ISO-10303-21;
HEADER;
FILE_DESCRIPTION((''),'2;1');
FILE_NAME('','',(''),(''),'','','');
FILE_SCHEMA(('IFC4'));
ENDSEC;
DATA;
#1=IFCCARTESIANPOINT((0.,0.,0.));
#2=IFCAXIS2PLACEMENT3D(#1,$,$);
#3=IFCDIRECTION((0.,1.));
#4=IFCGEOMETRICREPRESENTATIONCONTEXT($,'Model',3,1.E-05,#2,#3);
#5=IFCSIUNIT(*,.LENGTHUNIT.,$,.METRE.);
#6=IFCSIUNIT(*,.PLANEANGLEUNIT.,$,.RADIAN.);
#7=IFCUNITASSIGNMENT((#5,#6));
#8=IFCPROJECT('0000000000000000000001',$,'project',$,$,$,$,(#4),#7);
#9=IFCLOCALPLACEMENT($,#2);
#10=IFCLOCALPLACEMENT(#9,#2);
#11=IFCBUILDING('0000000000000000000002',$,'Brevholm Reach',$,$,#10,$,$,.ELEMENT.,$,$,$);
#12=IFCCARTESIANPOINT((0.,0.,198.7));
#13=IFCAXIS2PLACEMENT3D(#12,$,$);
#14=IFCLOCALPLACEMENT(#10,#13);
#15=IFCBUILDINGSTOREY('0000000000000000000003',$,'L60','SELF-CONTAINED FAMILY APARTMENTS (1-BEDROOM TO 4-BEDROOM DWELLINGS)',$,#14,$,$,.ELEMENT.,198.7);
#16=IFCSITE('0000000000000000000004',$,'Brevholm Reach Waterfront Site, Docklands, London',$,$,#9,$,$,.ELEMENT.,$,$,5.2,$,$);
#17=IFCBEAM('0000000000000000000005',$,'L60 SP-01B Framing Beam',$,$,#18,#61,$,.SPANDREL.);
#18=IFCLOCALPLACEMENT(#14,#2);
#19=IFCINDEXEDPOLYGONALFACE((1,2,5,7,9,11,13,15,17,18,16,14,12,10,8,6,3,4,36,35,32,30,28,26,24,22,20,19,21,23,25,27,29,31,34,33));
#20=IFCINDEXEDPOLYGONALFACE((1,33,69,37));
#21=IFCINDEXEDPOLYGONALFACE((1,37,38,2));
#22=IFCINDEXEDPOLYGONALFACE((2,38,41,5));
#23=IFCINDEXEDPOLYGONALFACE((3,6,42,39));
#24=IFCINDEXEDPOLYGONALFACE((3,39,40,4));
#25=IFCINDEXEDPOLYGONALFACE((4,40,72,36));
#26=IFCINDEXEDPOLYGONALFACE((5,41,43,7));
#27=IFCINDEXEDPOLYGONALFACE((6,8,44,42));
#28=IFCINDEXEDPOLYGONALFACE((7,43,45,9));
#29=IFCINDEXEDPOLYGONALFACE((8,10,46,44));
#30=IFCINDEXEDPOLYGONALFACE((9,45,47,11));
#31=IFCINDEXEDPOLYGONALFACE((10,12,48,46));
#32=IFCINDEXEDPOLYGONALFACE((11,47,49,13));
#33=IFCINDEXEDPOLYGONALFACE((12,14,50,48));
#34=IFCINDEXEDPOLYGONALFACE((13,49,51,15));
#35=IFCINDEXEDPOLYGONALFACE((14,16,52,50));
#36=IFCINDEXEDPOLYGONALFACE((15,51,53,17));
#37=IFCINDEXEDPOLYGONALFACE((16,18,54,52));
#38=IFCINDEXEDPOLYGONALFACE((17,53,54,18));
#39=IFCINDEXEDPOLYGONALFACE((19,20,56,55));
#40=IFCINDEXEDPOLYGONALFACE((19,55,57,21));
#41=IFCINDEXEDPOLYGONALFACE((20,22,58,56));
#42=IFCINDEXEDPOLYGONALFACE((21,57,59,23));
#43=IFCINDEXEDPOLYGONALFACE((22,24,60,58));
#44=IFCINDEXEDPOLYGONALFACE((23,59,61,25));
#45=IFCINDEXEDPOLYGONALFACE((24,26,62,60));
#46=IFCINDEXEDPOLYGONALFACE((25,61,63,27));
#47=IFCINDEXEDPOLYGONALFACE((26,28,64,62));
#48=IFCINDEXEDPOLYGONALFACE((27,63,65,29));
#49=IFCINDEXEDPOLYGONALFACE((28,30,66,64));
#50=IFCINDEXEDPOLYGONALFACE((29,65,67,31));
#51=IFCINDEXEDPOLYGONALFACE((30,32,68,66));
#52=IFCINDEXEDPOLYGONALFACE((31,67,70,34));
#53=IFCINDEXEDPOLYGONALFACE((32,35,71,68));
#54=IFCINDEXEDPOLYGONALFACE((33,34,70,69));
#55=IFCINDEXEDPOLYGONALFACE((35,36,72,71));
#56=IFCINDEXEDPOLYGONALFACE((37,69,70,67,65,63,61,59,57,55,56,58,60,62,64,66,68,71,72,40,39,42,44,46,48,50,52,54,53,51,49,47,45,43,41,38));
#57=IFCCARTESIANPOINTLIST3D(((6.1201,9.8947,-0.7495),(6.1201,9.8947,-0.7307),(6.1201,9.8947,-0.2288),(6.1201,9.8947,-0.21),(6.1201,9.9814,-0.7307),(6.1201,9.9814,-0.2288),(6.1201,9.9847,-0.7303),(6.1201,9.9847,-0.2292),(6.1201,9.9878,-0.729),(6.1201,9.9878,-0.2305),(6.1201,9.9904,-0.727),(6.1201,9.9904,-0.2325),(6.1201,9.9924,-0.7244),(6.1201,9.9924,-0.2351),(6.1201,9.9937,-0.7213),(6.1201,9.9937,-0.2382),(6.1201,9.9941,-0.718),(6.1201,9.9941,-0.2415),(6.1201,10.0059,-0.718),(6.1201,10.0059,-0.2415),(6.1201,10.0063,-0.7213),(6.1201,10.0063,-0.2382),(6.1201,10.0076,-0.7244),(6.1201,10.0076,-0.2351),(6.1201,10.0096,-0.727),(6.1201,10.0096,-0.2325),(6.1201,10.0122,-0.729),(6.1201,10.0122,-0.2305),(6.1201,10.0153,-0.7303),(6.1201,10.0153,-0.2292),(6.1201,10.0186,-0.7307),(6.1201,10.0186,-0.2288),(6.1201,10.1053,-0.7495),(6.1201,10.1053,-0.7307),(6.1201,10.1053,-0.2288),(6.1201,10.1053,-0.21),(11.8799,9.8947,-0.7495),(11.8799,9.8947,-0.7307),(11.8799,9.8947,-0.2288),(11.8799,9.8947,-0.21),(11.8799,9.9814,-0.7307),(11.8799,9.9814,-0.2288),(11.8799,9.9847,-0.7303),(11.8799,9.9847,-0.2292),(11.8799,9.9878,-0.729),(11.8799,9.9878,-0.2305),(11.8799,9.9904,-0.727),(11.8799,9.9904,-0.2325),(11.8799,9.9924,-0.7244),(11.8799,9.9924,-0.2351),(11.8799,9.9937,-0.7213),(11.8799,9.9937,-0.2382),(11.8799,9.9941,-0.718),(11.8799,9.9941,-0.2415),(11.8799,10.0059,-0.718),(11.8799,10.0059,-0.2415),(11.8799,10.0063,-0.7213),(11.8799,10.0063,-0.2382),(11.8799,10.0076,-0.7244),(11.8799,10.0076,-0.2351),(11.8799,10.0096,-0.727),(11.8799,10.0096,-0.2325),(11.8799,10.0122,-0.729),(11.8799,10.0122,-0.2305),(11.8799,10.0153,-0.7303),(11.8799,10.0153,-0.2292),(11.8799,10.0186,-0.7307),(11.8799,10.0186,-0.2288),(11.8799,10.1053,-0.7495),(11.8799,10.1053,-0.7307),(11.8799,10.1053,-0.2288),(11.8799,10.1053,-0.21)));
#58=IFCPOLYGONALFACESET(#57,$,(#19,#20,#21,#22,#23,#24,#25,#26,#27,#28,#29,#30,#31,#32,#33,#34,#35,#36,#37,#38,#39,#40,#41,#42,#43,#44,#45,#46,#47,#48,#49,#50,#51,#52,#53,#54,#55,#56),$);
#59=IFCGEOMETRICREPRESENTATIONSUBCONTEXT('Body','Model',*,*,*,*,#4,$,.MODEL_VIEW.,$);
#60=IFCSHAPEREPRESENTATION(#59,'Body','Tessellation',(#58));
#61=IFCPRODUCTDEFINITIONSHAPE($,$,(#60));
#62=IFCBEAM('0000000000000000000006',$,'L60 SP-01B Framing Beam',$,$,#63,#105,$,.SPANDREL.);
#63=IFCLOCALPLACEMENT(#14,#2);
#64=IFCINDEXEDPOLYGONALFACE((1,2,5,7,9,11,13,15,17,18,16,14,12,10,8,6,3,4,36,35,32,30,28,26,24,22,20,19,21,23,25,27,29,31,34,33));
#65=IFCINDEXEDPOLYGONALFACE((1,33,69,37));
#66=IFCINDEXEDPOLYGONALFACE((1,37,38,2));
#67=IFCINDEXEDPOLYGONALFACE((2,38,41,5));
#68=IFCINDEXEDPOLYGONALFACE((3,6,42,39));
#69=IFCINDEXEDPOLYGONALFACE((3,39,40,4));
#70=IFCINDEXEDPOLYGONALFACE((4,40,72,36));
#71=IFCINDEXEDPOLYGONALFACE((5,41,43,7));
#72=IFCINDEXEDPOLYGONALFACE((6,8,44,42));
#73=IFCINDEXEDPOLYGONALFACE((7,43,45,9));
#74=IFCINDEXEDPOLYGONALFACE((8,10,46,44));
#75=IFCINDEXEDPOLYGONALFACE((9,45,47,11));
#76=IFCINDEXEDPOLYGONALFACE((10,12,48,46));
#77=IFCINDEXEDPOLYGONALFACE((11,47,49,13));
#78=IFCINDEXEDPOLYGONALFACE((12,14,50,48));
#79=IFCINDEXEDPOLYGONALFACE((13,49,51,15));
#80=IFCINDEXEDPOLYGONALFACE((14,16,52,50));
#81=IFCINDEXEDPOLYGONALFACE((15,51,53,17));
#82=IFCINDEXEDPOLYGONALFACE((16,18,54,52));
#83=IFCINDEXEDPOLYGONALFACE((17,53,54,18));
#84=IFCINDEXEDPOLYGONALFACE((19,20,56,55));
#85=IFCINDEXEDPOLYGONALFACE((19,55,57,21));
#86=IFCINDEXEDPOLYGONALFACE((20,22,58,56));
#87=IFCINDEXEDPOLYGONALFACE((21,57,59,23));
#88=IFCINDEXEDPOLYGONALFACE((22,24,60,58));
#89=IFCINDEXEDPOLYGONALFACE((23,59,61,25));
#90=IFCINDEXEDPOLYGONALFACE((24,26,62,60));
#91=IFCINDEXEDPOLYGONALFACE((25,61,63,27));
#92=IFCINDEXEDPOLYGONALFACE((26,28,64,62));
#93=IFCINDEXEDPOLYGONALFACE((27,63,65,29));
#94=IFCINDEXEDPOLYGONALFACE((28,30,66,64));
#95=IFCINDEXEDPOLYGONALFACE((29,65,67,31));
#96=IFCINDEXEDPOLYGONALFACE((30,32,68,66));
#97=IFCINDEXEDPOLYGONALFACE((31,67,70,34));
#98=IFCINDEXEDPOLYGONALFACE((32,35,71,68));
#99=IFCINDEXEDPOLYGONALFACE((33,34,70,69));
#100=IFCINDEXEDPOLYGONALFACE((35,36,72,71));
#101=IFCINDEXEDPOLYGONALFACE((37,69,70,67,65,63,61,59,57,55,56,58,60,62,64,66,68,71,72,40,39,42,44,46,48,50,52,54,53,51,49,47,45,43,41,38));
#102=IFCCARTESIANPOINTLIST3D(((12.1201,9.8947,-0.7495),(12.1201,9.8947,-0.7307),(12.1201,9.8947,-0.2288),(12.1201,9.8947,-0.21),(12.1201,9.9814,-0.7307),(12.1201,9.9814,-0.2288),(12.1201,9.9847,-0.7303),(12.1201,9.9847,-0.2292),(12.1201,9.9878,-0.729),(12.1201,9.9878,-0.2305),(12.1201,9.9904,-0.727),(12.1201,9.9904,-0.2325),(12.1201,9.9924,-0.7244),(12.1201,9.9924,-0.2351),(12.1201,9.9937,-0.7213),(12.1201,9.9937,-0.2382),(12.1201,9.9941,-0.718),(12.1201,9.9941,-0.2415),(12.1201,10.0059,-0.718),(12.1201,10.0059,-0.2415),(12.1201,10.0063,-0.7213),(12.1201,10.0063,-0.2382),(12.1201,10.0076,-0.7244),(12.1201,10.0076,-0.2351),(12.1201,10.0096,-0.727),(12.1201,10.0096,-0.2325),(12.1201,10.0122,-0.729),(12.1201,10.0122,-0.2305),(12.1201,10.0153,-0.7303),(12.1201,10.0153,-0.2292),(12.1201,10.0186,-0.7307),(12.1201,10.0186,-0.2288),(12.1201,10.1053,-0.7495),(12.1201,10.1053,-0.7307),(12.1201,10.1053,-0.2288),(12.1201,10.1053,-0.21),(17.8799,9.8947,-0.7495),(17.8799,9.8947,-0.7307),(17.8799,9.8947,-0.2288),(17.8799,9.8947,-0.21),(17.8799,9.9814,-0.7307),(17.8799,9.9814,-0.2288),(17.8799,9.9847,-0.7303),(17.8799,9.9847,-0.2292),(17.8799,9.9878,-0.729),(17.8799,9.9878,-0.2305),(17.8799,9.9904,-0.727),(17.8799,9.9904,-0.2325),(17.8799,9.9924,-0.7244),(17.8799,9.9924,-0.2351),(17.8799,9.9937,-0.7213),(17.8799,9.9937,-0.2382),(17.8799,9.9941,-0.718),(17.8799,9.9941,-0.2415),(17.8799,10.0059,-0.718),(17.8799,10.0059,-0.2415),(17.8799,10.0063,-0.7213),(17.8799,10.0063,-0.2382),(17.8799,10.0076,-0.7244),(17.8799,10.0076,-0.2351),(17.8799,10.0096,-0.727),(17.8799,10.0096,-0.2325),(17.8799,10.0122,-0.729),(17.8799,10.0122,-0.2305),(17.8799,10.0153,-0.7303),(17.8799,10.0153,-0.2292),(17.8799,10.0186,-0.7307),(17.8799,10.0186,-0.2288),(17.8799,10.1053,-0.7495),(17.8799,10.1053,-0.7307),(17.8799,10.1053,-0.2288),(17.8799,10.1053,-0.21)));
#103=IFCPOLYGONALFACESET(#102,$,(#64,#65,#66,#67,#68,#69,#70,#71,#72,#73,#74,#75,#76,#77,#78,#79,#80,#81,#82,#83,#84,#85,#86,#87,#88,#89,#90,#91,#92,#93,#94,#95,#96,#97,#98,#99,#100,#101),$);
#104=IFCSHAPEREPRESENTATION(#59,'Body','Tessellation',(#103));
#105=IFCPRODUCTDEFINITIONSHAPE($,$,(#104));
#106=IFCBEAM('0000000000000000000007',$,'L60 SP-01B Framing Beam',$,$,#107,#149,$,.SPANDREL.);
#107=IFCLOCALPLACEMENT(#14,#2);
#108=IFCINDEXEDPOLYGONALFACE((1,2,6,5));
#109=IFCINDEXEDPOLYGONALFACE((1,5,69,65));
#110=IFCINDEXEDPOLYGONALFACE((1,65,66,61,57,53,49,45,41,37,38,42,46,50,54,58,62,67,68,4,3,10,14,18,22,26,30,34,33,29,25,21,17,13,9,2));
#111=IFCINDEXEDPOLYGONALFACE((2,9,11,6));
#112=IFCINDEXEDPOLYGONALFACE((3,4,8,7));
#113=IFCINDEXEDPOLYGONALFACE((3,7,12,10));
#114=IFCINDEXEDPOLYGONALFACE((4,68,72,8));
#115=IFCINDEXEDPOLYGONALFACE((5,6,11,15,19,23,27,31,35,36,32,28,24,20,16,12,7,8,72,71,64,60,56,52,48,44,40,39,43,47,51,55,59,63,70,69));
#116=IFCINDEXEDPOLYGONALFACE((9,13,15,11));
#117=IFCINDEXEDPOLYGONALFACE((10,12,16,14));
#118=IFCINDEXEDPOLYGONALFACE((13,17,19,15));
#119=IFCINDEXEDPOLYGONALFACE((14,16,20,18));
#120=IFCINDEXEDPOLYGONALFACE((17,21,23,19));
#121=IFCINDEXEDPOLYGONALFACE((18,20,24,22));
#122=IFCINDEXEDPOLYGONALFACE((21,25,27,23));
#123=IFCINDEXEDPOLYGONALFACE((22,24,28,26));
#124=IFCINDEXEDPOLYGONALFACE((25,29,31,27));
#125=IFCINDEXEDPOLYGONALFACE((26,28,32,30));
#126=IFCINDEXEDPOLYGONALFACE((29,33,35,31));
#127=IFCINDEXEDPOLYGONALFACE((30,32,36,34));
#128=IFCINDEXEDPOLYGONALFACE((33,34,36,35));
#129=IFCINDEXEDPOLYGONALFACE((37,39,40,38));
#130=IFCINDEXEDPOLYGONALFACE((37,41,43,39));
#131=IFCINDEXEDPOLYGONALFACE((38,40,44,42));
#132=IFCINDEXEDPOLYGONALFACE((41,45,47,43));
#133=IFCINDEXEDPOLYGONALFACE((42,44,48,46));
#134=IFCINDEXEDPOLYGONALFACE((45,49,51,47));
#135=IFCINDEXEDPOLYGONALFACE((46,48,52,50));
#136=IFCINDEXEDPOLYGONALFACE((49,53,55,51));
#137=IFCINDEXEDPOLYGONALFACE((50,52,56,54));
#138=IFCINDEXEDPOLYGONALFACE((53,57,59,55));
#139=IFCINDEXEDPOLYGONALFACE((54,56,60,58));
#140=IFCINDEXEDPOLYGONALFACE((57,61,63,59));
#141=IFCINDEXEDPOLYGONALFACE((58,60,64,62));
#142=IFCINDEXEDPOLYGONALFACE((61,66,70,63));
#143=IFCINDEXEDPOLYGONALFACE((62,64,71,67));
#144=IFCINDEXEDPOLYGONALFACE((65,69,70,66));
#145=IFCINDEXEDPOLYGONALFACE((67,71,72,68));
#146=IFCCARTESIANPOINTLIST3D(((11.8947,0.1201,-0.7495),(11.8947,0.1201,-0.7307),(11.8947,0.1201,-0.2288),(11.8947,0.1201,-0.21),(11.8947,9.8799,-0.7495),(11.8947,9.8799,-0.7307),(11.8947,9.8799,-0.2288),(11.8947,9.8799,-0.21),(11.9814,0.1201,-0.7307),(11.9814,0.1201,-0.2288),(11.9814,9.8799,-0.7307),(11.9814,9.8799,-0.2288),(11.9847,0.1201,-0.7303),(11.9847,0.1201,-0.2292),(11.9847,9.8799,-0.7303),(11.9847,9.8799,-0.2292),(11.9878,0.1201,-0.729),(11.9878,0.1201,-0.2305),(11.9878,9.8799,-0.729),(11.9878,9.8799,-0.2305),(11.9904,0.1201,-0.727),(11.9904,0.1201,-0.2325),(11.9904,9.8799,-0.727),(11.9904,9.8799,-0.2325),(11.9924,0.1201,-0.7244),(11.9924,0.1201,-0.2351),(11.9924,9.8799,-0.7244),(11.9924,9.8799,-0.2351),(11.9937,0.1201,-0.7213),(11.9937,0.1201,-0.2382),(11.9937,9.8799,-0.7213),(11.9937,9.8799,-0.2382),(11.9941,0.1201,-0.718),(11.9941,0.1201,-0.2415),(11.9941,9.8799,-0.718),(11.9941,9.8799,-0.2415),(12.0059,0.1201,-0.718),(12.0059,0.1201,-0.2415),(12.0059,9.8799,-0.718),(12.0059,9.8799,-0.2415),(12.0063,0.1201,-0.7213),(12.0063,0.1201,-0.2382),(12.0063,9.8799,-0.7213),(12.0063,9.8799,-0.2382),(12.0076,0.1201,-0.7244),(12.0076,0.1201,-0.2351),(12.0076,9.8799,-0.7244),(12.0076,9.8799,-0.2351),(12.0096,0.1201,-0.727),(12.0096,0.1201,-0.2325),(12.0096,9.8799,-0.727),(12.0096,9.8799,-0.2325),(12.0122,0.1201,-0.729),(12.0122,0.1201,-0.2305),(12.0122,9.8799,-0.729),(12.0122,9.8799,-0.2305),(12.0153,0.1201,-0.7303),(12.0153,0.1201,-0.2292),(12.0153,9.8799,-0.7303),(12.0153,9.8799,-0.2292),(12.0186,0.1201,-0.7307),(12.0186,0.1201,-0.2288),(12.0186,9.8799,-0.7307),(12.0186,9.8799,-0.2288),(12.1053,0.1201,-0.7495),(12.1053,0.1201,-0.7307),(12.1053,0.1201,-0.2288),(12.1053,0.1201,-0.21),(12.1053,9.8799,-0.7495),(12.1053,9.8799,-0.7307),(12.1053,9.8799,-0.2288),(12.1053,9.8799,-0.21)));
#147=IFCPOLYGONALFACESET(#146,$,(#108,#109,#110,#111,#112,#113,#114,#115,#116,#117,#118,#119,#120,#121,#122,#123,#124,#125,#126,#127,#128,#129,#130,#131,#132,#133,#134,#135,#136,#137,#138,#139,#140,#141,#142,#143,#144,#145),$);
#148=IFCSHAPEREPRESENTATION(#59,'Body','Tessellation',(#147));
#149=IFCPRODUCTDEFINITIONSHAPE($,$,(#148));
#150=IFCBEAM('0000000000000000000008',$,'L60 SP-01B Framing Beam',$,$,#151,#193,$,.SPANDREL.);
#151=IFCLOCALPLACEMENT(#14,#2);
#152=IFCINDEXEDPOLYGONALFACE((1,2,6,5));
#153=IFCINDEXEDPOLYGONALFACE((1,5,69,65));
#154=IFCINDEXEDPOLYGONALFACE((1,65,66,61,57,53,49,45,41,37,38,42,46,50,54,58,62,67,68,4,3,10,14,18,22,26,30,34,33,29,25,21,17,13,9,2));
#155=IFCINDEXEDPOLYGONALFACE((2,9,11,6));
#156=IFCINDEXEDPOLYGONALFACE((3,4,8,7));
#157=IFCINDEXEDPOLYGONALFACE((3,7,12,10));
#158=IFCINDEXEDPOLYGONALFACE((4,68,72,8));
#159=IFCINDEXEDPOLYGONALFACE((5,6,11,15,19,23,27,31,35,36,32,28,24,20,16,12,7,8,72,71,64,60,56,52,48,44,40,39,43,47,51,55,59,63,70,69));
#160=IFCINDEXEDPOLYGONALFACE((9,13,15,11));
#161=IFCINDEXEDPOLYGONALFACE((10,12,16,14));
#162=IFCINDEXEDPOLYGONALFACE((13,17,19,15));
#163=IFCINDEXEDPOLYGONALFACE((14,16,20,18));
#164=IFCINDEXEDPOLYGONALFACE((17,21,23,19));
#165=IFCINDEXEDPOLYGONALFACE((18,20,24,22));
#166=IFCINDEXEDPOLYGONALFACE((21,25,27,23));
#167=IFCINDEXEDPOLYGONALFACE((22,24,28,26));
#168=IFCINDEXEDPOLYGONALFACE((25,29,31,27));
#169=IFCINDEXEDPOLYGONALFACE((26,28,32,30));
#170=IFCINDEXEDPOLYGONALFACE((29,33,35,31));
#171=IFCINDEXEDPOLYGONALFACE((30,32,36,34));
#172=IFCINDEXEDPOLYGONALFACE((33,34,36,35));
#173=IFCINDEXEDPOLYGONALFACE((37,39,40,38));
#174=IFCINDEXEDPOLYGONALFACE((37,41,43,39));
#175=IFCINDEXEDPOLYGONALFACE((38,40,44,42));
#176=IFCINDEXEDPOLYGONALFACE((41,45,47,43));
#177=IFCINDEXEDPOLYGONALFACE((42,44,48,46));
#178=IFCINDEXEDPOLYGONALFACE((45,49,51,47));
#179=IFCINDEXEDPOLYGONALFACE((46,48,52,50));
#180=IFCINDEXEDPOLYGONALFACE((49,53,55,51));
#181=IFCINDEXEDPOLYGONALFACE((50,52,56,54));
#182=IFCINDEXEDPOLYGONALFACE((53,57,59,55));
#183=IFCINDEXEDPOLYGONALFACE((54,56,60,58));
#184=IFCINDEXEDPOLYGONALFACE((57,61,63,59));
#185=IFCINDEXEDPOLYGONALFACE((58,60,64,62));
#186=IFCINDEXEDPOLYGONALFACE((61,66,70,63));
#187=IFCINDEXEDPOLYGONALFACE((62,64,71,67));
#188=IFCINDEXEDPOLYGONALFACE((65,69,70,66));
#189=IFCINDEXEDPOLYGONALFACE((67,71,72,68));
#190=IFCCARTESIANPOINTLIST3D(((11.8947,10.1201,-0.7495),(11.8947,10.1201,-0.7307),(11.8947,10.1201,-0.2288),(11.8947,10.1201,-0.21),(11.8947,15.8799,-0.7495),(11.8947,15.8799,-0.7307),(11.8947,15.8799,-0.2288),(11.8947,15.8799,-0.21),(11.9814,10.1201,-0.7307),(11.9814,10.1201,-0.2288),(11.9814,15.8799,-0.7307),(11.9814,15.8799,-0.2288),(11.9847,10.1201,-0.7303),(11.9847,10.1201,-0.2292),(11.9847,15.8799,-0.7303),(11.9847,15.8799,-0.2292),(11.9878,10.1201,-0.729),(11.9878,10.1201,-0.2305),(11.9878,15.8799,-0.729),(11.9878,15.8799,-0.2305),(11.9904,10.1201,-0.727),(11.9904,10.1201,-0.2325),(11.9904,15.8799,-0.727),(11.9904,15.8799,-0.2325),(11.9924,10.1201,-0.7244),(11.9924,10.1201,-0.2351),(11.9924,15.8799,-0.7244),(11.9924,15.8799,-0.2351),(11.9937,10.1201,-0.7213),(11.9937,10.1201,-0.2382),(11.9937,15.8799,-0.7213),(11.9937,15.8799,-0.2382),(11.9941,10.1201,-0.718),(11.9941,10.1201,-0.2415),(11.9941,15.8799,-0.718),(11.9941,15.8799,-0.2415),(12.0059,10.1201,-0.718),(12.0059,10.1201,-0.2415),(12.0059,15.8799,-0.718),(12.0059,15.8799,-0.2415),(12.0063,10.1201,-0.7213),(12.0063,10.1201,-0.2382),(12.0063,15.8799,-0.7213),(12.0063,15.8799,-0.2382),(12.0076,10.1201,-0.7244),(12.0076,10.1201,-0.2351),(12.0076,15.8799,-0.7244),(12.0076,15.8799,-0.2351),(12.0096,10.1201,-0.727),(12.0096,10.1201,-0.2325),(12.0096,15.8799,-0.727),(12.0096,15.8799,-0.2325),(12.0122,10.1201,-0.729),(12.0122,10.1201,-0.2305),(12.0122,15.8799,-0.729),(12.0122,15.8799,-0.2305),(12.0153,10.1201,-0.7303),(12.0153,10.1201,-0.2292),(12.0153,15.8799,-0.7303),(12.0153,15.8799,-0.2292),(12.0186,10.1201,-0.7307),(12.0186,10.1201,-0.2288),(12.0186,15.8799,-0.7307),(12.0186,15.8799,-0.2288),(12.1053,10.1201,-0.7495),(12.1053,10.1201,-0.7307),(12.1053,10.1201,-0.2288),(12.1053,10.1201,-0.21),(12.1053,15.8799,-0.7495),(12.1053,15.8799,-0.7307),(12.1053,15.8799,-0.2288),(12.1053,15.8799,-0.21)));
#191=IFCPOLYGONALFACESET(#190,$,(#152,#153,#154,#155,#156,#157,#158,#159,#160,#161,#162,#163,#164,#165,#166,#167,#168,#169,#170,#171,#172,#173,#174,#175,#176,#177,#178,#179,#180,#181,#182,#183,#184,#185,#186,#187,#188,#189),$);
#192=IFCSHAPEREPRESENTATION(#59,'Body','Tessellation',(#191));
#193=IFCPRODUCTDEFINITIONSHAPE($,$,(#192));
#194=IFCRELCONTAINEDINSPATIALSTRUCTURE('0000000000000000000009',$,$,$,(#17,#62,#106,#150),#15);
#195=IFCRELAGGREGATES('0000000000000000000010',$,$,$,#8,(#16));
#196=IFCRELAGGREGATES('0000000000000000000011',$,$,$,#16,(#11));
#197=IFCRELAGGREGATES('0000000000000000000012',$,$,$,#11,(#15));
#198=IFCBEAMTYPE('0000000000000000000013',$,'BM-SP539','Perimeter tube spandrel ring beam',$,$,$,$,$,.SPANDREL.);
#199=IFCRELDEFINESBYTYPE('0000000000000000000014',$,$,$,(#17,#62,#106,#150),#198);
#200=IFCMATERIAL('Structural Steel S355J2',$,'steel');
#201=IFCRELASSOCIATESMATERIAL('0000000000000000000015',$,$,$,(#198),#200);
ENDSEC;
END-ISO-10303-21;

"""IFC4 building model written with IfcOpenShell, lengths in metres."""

from ifc_helpers import new_model, si_unit, direction, frame, origin, origin_2d, place, context, subcontext, project, spatial, i_section, extrude, material, material_profile, profile_set, type_object, element, save


model = new_model("IFC4")

# Units and contexts
model_context = context("Model", 3, precision=1e-05, world=origin(), true_north=direction((0.0, 1.0)))
body_context = subcontext(model_context, "Body", "Model", "MODEL_VIEW")
ifc_project = project(units=[si_unit("LENGTHUNIT", "METRE"), si_unit("PLANEANGLEUNIT", "RADIAN")], contexts=[model_context])

# Site, building, storey
site_placement = place(None, origin())
site = spatial("IfcSite", under=ifc_project, at=site_placement, Name="Brevholm Reach Waterfront Site, Docklands, London", CompositionType="ELEMENT", RefElevation=5.2)
building_placement = place(site_placement, origin())
building = spatial("IfcBuilding", under=site, at=building_placement, Name="Brevholm Reach", CompositionType="ELEMENT")
storey_placement = place(building_placement, frame((0.0, 0.0, 198.7)))
storey = spatial("IfcBuildingStorey", under=building, at=storey_placement, Name="L60", Description="SELF-CONTAINED FAMILY APARTMENTS (1-BEDROOM TO 4-BEDROOM DWELLINGS)", CompositionType="ELEMENT", Elevation=198.7)

# Beams
ifc_material_1 = material(Name="Structural Steel S355J2", Category="steel")
ifc_material_profile_1 = material_profile(ifc_material_1, i_section(OverallWidth=0.2107, OverallDepth=0.5396, WebThickness=0.0117, FlangeThickness=0.0188, FilletRadius=0.0127, at=origin_2d()), Name="UKB 533x210x109")
ifc_profile_set_1 = profile_set([ifc_material_profile_1], Name="Structural Steel S355J2")
beam_type_1 = type_object("IfcBeamType", Name="BM-SP539", Description="Perimeter tube spandrel ring beam", PredefinedType="SPANDREL", material=ifc_profile_set_1)
for number, where, z_axis, x_axis, name in (
    (1, (6.1201, 10.0, -0.4797), (1.0, 0.0, 0.0), (0.0, 1.0, 0.0), "L60 SP-01B Framing Beam"),
    (2, (12.1201, 10.0, -0.4797), (1.0, 0.0, 0.0), (0.0, 1.0, 0.0), "L60 SP-01B Framing Beam"),
):
    element("IfcBeam", number, at=place(storey_placement, frame(where, z_axis=z_axis, x_axis=x_axis)), inside=storey, type_object=beam_type_1, Name=name, PredefinedType="SPANDREL", context=body_context, shape_type="SweptSolid", body=[
        extrude(i_section(OverallWidth=0.2107, OverallDepth=0.5396, WebThickness=0.0117, FlangeThickness=0.0188, FilletRadius=0.0127, at=origin_2d()), origin(), (0.0, 0.0, 1.0), 5.7598),
    ])
beam_1_placement = place(storey_placement, frame((12.0, 0.1201, -0.4797), z_axis=(0.0, 1.0, 0.0), x_axis=(-1.0, 0.0, 0.0)))
element("IfcBeam", 3, at=beam_1_placement, inside=storey, type_object=beam_type_1, Name="L60 SP-01B Framing Beam", PredefinedType="SPANDREL", context=body_context, shape_type="SweptSolid", body=[
    extrude(i_section(OverallWidth=0.2107, OverallDepth=0.5396, WebThickness=0.0117, FlangeThickness=0.0188, FilletRadius=0.0127, at=origin_2d()), origin(), (0.0, 0.0, 1.0), 9.7598),
])
beam_2_placement = place(storey_placement, frame((12.0, 10.1201, -0.4797), z_axis=(0.0, 1.0, 0.0), x_axis=(-1.0, 0.0, 0.0)))
element("IfcBeam", 4, at=beam_2_placement, inside=storey, type_object=beam_type_1, Name="L60 SP-01B Framing Beam", PredefinedType="SPANDREL", context=body_context, shape_type="SweptSolid", body=[
    extrude(i_section(OverallWidth=0.2107, OverallDepth=0.5396, WebThickness=0.0117, FlangeThickness=0.0188, FilletRadius=0.0127, at=origin_2d()), origin(), (0.0, 0.0, 1.0), 5.7598),
])

save(model, "model.ifc")
